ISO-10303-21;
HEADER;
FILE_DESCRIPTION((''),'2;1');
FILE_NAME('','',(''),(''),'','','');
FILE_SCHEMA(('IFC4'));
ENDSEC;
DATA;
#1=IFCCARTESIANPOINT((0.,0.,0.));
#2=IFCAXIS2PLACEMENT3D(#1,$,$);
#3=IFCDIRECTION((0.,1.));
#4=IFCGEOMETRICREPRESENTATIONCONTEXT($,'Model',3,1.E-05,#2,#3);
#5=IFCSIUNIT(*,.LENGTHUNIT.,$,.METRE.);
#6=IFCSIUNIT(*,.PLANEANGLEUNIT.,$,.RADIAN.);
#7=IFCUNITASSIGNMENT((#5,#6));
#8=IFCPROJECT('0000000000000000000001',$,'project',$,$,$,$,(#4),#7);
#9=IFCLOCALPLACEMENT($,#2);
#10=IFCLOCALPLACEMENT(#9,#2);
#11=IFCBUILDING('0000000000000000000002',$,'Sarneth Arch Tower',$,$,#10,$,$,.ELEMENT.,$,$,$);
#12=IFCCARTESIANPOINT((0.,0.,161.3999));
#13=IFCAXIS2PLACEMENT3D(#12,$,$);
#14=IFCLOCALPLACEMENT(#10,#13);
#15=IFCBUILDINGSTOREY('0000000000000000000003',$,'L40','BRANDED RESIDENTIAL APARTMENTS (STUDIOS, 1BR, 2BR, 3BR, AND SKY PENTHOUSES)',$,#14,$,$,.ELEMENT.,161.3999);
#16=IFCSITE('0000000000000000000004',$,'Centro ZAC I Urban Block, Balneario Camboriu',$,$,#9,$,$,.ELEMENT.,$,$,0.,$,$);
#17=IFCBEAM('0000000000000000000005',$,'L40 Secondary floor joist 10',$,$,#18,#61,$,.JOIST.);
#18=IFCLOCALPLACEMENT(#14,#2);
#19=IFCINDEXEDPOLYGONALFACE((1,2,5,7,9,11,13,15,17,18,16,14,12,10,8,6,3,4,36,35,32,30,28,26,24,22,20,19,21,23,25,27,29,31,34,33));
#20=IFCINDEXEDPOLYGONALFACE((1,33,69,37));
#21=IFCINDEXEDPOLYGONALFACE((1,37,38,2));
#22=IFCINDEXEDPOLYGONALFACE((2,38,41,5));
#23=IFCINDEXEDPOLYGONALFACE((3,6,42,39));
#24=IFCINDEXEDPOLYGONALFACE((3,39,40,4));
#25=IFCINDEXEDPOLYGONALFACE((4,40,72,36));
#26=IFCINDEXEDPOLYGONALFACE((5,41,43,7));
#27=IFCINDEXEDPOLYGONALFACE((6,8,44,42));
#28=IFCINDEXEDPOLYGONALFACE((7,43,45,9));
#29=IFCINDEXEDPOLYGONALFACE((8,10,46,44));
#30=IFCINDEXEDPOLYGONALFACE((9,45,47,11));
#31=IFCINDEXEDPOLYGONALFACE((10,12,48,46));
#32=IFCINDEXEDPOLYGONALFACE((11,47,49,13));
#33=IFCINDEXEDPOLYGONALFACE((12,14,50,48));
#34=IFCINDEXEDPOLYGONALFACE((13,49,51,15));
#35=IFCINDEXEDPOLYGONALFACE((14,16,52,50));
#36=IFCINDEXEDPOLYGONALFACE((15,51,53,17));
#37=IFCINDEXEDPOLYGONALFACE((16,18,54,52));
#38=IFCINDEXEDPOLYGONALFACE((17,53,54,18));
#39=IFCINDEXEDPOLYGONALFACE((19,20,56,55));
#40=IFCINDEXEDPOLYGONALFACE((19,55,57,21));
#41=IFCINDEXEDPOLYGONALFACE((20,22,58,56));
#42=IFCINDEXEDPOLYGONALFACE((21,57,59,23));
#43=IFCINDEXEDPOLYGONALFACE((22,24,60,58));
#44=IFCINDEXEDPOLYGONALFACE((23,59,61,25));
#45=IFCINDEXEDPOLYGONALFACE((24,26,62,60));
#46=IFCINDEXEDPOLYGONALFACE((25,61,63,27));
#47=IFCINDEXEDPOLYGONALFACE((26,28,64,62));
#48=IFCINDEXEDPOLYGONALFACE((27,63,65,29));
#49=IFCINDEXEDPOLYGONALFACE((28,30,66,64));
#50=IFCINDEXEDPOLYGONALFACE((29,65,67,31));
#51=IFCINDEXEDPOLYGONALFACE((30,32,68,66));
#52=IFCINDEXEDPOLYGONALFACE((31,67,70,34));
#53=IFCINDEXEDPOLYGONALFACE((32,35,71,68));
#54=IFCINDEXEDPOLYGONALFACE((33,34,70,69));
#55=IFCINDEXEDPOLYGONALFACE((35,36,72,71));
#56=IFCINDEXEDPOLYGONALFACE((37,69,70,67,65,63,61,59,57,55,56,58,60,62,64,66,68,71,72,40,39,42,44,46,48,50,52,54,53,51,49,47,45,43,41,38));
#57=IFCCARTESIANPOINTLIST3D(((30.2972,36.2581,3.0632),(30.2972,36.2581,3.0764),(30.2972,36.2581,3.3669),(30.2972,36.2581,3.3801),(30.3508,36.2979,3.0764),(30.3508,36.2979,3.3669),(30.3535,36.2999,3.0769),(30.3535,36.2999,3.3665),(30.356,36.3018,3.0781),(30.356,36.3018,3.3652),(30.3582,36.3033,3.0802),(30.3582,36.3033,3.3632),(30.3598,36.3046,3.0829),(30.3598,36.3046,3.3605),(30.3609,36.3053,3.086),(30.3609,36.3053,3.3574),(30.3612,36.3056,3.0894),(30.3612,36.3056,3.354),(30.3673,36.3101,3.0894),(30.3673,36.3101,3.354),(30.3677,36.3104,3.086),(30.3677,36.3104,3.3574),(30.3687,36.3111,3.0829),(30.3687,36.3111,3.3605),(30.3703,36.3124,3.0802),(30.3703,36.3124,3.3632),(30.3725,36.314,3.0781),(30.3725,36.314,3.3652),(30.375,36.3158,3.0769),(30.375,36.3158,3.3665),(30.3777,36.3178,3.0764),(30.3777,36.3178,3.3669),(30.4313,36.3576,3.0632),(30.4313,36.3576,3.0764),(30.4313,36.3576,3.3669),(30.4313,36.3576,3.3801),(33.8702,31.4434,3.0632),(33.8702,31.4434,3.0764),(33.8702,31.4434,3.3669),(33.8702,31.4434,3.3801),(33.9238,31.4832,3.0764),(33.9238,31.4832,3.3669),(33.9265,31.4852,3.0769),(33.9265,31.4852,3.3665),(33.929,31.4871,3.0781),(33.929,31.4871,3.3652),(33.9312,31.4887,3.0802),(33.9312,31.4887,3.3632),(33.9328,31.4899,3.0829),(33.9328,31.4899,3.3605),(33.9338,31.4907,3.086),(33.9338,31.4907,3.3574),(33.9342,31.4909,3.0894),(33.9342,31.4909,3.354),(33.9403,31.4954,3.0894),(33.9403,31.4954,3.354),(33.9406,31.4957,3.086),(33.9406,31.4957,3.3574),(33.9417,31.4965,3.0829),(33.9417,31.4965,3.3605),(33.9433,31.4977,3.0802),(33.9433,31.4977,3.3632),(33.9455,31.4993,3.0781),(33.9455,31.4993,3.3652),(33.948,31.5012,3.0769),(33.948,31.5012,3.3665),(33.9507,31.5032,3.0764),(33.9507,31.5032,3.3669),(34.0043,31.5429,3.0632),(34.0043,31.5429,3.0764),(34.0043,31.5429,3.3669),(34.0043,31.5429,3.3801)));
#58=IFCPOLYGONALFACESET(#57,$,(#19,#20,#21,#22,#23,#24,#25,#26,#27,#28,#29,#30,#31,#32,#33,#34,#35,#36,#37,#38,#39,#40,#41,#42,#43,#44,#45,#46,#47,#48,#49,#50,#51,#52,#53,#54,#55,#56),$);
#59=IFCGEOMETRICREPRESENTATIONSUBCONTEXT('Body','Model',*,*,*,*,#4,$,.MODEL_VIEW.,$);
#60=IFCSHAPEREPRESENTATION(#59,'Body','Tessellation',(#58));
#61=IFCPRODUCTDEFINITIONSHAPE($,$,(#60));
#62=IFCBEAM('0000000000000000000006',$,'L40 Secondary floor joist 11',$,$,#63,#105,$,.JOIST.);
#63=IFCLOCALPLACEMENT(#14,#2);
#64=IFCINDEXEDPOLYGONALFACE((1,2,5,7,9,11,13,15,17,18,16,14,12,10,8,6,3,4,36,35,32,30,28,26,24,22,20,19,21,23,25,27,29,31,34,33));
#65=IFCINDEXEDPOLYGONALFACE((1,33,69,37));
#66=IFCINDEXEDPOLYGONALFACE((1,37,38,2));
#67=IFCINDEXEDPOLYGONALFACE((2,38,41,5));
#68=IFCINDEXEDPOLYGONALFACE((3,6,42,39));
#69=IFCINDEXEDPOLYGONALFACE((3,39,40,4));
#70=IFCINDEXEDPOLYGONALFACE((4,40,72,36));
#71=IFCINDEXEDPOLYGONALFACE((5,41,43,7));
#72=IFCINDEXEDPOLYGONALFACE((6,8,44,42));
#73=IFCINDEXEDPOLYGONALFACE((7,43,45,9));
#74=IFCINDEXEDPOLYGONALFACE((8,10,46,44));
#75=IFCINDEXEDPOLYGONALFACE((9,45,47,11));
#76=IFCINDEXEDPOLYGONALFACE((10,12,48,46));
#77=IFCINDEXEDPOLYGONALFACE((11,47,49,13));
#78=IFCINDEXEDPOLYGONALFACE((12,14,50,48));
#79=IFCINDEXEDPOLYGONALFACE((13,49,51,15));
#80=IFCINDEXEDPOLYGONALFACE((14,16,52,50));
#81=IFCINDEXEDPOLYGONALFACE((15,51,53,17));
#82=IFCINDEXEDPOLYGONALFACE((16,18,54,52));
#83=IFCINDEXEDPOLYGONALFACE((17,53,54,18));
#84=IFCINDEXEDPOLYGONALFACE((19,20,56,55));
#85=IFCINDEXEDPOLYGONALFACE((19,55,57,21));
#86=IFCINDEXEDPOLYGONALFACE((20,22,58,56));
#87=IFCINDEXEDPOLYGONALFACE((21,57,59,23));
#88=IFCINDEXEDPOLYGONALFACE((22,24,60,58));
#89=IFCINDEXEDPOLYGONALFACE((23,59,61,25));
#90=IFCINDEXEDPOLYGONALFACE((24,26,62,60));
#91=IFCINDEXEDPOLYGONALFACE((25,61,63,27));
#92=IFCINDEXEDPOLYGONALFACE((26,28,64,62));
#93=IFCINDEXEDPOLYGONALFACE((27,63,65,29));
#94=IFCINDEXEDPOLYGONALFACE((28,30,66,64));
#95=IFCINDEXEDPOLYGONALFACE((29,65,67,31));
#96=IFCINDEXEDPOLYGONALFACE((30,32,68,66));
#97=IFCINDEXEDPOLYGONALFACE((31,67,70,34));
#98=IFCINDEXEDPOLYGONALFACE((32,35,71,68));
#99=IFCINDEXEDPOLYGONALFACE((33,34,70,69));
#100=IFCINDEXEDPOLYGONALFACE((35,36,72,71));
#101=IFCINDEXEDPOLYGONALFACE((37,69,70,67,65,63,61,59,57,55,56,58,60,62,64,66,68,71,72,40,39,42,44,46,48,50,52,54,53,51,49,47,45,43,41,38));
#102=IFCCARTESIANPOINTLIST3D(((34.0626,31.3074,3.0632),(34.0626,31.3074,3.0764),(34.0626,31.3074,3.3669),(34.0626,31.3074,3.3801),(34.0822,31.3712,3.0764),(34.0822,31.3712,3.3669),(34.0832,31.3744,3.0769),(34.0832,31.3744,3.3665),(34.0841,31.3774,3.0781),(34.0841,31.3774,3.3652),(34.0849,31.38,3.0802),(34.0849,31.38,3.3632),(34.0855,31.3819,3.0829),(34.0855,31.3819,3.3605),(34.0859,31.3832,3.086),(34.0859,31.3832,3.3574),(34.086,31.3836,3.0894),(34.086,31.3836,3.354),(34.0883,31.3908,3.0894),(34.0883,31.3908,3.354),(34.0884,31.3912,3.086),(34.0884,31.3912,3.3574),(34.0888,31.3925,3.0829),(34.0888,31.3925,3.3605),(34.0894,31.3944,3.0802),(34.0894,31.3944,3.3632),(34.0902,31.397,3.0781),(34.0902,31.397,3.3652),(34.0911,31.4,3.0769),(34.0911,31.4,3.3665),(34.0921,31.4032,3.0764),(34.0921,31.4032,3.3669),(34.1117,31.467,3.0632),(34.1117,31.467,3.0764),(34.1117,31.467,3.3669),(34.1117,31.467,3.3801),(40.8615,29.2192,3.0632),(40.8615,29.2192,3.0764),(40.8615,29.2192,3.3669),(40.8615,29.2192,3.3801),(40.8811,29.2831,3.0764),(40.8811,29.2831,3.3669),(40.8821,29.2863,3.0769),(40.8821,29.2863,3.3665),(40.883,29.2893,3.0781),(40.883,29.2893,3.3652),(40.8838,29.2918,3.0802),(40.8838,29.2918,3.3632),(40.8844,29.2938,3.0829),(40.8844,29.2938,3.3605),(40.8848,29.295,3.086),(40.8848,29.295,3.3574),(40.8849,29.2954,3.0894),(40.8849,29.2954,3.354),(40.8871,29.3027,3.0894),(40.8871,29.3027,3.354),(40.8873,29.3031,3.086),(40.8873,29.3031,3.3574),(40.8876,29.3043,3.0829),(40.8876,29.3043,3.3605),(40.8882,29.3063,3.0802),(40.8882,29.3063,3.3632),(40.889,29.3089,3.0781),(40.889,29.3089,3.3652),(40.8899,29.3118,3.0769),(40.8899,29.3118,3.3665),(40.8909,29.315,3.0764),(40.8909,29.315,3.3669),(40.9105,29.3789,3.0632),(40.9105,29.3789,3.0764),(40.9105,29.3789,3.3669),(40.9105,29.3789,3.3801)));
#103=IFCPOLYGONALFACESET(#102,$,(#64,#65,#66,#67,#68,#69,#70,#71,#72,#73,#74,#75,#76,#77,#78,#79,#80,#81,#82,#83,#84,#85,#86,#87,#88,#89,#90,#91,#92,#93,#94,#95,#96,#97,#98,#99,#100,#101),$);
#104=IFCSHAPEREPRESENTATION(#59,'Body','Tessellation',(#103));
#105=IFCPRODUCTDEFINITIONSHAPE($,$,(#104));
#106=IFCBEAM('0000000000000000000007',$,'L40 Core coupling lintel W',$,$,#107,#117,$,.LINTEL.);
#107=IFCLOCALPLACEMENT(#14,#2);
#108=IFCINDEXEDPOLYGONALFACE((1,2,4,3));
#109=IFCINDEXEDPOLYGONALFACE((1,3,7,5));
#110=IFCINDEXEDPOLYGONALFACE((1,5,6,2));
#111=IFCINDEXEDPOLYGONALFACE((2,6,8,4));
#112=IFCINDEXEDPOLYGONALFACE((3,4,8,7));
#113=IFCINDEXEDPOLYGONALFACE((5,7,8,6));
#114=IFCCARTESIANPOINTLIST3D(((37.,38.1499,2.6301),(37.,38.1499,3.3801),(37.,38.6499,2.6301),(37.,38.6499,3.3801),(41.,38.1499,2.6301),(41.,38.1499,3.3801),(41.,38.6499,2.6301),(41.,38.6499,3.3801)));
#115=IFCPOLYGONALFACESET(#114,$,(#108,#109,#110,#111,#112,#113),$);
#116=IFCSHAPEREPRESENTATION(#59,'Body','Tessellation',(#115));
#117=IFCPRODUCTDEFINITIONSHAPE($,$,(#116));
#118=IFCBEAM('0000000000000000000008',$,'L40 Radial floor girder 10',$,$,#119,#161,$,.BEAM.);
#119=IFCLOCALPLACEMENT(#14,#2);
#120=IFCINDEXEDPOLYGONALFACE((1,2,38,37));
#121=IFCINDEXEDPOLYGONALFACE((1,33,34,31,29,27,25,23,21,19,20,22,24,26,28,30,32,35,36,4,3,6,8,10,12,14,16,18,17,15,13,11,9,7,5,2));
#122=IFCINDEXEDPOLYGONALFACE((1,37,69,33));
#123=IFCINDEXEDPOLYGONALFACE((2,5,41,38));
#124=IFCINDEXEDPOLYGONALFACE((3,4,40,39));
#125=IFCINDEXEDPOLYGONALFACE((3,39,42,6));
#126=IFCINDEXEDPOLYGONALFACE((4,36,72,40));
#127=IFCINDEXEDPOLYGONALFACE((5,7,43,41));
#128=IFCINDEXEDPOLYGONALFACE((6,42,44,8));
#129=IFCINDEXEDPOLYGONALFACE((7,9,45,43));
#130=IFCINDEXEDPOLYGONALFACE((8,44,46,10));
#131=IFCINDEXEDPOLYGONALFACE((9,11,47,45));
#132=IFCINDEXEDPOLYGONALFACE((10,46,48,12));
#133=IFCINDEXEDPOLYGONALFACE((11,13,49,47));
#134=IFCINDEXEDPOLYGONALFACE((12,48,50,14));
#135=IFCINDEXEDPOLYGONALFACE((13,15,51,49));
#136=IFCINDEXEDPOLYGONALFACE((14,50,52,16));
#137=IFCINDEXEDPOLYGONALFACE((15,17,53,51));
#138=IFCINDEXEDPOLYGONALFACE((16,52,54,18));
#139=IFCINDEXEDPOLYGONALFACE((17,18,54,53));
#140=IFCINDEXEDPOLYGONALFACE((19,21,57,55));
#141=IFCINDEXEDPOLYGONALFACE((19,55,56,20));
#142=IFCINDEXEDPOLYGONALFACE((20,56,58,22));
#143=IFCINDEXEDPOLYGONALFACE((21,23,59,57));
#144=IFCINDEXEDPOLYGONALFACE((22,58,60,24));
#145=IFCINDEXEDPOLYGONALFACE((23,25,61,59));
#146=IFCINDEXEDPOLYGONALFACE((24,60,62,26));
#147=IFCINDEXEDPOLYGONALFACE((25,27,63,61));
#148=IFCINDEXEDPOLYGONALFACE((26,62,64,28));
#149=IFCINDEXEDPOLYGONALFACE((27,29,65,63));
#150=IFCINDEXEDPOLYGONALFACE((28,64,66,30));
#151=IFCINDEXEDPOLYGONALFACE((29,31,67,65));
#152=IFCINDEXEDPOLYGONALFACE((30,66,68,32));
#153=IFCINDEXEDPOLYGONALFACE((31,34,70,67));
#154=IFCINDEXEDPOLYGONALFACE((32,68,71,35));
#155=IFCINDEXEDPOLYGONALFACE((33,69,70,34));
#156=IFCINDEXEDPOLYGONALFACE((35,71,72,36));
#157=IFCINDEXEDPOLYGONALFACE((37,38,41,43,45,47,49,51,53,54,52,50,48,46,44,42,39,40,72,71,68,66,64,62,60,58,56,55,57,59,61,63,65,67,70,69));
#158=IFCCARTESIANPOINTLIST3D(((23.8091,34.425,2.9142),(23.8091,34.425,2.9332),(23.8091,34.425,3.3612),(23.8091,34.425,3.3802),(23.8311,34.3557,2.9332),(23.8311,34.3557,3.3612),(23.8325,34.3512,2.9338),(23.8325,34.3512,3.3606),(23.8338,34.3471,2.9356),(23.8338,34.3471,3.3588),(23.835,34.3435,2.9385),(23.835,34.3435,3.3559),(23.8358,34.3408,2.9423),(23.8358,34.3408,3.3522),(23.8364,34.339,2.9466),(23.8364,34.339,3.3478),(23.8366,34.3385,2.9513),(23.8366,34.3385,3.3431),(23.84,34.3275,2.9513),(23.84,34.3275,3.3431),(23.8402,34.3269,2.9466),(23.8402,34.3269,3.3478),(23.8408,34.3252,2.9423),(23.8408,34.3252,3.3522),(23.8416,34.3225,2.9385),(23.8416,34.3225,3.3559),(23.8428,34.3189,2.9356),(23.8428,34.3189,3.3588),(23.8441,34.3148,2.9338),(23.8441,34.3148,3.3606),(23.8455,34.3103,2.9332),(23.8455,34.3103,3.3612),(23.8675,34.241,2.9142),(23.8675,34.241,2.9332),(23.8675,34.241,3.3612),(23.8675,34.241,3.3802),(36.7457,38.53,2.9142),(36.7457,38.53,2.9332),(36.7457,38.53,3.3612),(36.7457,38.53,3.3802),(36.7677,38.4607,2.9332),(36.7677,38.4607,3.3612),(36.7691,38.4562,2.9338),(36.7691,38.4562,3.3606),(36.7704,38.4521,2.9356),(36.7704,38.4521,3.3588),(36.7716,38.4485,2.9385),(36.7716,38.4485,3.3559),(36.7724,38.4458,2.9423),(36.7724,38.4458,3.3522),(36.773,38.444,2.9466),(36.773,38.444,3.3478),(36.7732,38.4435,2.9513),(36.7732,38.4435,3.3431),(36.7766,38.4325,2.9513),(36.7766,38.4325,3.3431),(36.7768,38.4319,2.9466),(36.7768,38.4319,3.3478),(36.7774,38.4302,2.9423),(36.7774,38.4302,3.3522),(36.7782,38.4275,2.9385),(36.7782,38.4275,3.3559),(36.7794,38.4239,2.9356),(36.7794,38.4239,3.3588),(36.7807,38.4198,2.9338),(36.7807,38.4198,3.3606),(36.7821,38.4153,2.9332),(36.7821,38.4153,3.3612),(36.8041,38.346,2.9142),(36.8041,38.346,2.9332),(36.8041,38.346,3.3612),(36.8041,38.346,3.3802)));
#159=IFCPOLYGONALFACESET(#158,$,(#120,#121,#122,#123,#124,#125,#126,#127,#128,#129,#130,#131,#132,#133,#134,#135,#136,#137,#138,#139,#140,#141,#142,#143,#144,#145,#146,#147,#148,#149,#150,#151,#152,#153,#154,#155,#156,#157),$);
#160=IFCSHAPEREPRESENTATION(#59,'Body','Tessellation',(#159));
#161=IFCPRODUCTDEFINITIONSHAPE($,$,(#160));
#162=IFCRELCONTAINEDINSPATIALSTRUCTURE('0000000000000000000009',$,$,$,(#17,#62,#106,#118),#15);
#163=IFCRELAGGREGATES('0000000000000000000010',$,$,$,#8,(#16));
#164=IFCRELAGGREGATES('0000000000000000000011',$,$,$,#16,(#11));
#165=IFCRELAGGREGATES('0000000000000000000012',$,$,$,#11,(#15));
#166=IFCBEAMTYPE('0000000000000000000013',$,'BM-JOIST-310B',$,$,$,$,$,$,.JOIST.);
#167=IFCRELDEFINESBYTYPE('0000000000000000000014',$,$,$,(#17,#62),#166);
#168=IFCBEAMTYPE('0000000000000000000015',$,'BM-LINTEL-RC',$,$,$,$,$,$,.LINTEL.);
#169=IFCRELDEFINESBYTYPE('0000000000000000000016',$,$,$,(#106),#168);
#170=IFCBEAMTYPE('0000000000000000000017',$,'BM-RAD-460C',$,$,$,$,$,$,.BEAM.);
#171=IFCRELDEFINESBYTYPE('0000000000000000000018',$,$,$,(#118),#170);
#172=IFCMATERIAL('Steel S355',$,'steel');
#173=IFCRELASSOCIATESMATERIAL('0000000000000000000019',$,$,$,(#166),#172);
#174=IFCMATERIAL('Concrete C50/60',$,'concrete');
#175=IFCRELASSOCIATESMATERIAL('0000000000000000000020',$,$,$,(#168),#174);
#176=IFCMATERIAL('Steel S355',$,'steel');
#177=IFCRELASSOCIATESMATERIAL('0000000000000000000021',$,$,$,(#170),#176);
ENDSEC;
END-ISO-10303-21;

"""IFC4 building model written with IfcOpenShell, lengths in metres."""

from ifc_helpers import new_model, si_unit, direction, frame, origin, origin_2d, place, context, subcontext, project, spatial, rectangle, i_section, extrude, material, material_profile, profile_set, type_object, element, save


model = new_model("IFC4")

# Units and contexts
model_context = context("Model", 3, precision=1e-05, world=origin(), true_north=direction((0.0, 1.0)))
body_context = subcontext(model_context, "Body", "Model", "MODEL_VIEW")
ifc_project = project(units=[si_unit("LENGTHUNIT", "METRE"), si_unit("PLANEANGLEUNIT", "RADIAN")], contexts=[model_context])

# Site, building, storey
site_placement = place(None, origin())
site = spatial("IfcSite", under=ifc_project, at=site_placement, Name="Centro ZAC I Urban Block, Balneario Camboriu", CompositionType="ELEMENT", RefElevation=0.0)
building_placement = place(site_placement, origin())
building = spatial("IfcBuilding", under=site, at=building_placement, Name="Sarneth Arch Tower", CompositionType="ELEMENT")
storey_placement = place(building_placement, frame((0.0, 0.0, 161.3999)))
storey = spatial("IfcBuildingStorey", under=building, at=storey_placement, Name="L40", Description="BRANDED RESIDENTIAL APARTMENTS (STUDIOS, 1BR, 2BR, 3BR, AND SKY PENTHOUSES)", CompositionType="ELEMENT", Elevation=161.3999)

# Beams
ifc_material_1 = material(Name="Steel S355", Category="steel")
ifc_material_profile_1 = material_profile(ifc_material_1, i_section(OverallWidth=0.167, OverallDepth=0.3169, WebThickness=0.0076, FlangeThickness=0.0132, FilletRadius=0.0129, at=origin_2d()), Name="W310x52")
ifc_profile_set_1 = profile_set([ifc_material_profile_1], Name="Steel S355")
beam_type_1 = type_object("IfcBeamType", Name="BM-JOIST-310B", PredefinedType="JOIST", material=ifc_profile_set_1)
beam_1_placement = place(storey_placement, frame((30.3643, 36.3079, 3.2217), z_axis=(0.595933, -0.803034, 0.0), x_axis=(0.803034, 0.595933, 0.0)))
element("IfcBeam", 1, at=beam_1_placement, inside=storey, type_object=beam_type_1, Name="L40 Secondary floor joist 10", PredefinedType="JOIST", context=body_context, shape_type="SweptSolid", body=[
    extrude(i_section(OverallWidth=0.167, OverallDepth=0.3169, WebThickness=0.0076, FlangeThickness=0.0132, FilletRadius=0.0129, at=origin_2d()), origin(), (0.0, 0.0, 1.0), 5.9956),
])
beam_2_placement = place(storey_placement, frame((34.0872, 31.3872, 3.2217), z_axis=(0.95593, -0.293596, 0.0), x_axis=(0.293596, 0.95593, 0.0)))
element("IfcBeam", 2, at=beam_2_placement, inside=storey, type_object=beam_type_1, Name="L40 Secondary floor joist 11", PredefinedType="JOIST", context=body_context, shape_type="SweptSolid", body=[
    extrude(i_section(OverallWidth=0.167, OverallDepth=0.3169, WebThickness=0.0076, FlangeThickness=0.0132, FilletRadius=0.0129, at=origin_2d()), origin(), (0.0, 0.0, 1.0), 7.1123),
])
ifc_material_2 = material(Name="Concrete C50/60", Category="concrete")
ifc_material_profile_2 = material_profile(ifc_material_2, rectangle(XDim=0.5, YDim=0.75, at=origin_2d()), Name="RC-500x750")
ifc_profile_set_2 = profile_set([ifc_material_profile_2], Name="Concrete C50/60")
beam_type_2 = type_object("IfcBeamType", Name="BM-LINTEL-RC", PredefinedType="LINTEL", material=ifc_profile_set_2)
beam_3_placement = place(storey_placement, frame((37.0, 38.3999, 3.0051), z_axis=(1.0, 0.0, 0.0), x_axis=(0.0, 1.0, 0.0)))
element("IfcBeam", 3, at=beam_3_placement, inside=storey, type_object=beam_type_2, Name="L40 Core coupling lintel W", PredefinedType="LINTEL", context=body_context, shape_type="SweptSolid", body=[
    extrude(rectangle(XDim=0.5, YDim=0.75, at=origin_2d()), origin(), (0.0, 0.0, 1.0), 4.0),
])
ifc_material_3 = material(Name="Steel S355", Category="steel")
ifc_material_profile_3 = material_profile(ifc_material_3, i_section(OverallWidth=0.1931, OverallDepth=0.4661, WebThickness=0.0115, FlangeThickness=0.019, FilletRadius=0.0181, at=origin_2d()), Name="W460x97")
ifc_profile_set_3 = profile_set([ifc_material_profile_3], Name="Steel S355")
beam_type_3 = type_object("IfcBeamType", Name="BM-RAD-460C", PredefinedType="BEAM", material=ifc_profile_set_3)
beam_4_placement = place(storey_placement, frame((36.7749, 38.438, 3.1472), z_axis=(-0.953164, -0.302455, 0.0), x_axis=(0.302455, -0.953164, 0.0)))
element("IfcBeam", 4, at=beam_4_placement, inside=storey, type_object=beam_type_3, Name="L40 Radial floor girder 10", PredefinedType="BEAM", context=body_context, shape_type="SweptSolid", body=[
    extrude(i_section(OverallWidth=0.1931, OverallDepth=0.4661, WebThickness=0.0115, FlangeThickness=0.019, FilletRadius=0.0181, at=origin_2d()), origin(), (0.0, 0.0, 1.0), 13.5723),
])

save(model, "model.ifc")
